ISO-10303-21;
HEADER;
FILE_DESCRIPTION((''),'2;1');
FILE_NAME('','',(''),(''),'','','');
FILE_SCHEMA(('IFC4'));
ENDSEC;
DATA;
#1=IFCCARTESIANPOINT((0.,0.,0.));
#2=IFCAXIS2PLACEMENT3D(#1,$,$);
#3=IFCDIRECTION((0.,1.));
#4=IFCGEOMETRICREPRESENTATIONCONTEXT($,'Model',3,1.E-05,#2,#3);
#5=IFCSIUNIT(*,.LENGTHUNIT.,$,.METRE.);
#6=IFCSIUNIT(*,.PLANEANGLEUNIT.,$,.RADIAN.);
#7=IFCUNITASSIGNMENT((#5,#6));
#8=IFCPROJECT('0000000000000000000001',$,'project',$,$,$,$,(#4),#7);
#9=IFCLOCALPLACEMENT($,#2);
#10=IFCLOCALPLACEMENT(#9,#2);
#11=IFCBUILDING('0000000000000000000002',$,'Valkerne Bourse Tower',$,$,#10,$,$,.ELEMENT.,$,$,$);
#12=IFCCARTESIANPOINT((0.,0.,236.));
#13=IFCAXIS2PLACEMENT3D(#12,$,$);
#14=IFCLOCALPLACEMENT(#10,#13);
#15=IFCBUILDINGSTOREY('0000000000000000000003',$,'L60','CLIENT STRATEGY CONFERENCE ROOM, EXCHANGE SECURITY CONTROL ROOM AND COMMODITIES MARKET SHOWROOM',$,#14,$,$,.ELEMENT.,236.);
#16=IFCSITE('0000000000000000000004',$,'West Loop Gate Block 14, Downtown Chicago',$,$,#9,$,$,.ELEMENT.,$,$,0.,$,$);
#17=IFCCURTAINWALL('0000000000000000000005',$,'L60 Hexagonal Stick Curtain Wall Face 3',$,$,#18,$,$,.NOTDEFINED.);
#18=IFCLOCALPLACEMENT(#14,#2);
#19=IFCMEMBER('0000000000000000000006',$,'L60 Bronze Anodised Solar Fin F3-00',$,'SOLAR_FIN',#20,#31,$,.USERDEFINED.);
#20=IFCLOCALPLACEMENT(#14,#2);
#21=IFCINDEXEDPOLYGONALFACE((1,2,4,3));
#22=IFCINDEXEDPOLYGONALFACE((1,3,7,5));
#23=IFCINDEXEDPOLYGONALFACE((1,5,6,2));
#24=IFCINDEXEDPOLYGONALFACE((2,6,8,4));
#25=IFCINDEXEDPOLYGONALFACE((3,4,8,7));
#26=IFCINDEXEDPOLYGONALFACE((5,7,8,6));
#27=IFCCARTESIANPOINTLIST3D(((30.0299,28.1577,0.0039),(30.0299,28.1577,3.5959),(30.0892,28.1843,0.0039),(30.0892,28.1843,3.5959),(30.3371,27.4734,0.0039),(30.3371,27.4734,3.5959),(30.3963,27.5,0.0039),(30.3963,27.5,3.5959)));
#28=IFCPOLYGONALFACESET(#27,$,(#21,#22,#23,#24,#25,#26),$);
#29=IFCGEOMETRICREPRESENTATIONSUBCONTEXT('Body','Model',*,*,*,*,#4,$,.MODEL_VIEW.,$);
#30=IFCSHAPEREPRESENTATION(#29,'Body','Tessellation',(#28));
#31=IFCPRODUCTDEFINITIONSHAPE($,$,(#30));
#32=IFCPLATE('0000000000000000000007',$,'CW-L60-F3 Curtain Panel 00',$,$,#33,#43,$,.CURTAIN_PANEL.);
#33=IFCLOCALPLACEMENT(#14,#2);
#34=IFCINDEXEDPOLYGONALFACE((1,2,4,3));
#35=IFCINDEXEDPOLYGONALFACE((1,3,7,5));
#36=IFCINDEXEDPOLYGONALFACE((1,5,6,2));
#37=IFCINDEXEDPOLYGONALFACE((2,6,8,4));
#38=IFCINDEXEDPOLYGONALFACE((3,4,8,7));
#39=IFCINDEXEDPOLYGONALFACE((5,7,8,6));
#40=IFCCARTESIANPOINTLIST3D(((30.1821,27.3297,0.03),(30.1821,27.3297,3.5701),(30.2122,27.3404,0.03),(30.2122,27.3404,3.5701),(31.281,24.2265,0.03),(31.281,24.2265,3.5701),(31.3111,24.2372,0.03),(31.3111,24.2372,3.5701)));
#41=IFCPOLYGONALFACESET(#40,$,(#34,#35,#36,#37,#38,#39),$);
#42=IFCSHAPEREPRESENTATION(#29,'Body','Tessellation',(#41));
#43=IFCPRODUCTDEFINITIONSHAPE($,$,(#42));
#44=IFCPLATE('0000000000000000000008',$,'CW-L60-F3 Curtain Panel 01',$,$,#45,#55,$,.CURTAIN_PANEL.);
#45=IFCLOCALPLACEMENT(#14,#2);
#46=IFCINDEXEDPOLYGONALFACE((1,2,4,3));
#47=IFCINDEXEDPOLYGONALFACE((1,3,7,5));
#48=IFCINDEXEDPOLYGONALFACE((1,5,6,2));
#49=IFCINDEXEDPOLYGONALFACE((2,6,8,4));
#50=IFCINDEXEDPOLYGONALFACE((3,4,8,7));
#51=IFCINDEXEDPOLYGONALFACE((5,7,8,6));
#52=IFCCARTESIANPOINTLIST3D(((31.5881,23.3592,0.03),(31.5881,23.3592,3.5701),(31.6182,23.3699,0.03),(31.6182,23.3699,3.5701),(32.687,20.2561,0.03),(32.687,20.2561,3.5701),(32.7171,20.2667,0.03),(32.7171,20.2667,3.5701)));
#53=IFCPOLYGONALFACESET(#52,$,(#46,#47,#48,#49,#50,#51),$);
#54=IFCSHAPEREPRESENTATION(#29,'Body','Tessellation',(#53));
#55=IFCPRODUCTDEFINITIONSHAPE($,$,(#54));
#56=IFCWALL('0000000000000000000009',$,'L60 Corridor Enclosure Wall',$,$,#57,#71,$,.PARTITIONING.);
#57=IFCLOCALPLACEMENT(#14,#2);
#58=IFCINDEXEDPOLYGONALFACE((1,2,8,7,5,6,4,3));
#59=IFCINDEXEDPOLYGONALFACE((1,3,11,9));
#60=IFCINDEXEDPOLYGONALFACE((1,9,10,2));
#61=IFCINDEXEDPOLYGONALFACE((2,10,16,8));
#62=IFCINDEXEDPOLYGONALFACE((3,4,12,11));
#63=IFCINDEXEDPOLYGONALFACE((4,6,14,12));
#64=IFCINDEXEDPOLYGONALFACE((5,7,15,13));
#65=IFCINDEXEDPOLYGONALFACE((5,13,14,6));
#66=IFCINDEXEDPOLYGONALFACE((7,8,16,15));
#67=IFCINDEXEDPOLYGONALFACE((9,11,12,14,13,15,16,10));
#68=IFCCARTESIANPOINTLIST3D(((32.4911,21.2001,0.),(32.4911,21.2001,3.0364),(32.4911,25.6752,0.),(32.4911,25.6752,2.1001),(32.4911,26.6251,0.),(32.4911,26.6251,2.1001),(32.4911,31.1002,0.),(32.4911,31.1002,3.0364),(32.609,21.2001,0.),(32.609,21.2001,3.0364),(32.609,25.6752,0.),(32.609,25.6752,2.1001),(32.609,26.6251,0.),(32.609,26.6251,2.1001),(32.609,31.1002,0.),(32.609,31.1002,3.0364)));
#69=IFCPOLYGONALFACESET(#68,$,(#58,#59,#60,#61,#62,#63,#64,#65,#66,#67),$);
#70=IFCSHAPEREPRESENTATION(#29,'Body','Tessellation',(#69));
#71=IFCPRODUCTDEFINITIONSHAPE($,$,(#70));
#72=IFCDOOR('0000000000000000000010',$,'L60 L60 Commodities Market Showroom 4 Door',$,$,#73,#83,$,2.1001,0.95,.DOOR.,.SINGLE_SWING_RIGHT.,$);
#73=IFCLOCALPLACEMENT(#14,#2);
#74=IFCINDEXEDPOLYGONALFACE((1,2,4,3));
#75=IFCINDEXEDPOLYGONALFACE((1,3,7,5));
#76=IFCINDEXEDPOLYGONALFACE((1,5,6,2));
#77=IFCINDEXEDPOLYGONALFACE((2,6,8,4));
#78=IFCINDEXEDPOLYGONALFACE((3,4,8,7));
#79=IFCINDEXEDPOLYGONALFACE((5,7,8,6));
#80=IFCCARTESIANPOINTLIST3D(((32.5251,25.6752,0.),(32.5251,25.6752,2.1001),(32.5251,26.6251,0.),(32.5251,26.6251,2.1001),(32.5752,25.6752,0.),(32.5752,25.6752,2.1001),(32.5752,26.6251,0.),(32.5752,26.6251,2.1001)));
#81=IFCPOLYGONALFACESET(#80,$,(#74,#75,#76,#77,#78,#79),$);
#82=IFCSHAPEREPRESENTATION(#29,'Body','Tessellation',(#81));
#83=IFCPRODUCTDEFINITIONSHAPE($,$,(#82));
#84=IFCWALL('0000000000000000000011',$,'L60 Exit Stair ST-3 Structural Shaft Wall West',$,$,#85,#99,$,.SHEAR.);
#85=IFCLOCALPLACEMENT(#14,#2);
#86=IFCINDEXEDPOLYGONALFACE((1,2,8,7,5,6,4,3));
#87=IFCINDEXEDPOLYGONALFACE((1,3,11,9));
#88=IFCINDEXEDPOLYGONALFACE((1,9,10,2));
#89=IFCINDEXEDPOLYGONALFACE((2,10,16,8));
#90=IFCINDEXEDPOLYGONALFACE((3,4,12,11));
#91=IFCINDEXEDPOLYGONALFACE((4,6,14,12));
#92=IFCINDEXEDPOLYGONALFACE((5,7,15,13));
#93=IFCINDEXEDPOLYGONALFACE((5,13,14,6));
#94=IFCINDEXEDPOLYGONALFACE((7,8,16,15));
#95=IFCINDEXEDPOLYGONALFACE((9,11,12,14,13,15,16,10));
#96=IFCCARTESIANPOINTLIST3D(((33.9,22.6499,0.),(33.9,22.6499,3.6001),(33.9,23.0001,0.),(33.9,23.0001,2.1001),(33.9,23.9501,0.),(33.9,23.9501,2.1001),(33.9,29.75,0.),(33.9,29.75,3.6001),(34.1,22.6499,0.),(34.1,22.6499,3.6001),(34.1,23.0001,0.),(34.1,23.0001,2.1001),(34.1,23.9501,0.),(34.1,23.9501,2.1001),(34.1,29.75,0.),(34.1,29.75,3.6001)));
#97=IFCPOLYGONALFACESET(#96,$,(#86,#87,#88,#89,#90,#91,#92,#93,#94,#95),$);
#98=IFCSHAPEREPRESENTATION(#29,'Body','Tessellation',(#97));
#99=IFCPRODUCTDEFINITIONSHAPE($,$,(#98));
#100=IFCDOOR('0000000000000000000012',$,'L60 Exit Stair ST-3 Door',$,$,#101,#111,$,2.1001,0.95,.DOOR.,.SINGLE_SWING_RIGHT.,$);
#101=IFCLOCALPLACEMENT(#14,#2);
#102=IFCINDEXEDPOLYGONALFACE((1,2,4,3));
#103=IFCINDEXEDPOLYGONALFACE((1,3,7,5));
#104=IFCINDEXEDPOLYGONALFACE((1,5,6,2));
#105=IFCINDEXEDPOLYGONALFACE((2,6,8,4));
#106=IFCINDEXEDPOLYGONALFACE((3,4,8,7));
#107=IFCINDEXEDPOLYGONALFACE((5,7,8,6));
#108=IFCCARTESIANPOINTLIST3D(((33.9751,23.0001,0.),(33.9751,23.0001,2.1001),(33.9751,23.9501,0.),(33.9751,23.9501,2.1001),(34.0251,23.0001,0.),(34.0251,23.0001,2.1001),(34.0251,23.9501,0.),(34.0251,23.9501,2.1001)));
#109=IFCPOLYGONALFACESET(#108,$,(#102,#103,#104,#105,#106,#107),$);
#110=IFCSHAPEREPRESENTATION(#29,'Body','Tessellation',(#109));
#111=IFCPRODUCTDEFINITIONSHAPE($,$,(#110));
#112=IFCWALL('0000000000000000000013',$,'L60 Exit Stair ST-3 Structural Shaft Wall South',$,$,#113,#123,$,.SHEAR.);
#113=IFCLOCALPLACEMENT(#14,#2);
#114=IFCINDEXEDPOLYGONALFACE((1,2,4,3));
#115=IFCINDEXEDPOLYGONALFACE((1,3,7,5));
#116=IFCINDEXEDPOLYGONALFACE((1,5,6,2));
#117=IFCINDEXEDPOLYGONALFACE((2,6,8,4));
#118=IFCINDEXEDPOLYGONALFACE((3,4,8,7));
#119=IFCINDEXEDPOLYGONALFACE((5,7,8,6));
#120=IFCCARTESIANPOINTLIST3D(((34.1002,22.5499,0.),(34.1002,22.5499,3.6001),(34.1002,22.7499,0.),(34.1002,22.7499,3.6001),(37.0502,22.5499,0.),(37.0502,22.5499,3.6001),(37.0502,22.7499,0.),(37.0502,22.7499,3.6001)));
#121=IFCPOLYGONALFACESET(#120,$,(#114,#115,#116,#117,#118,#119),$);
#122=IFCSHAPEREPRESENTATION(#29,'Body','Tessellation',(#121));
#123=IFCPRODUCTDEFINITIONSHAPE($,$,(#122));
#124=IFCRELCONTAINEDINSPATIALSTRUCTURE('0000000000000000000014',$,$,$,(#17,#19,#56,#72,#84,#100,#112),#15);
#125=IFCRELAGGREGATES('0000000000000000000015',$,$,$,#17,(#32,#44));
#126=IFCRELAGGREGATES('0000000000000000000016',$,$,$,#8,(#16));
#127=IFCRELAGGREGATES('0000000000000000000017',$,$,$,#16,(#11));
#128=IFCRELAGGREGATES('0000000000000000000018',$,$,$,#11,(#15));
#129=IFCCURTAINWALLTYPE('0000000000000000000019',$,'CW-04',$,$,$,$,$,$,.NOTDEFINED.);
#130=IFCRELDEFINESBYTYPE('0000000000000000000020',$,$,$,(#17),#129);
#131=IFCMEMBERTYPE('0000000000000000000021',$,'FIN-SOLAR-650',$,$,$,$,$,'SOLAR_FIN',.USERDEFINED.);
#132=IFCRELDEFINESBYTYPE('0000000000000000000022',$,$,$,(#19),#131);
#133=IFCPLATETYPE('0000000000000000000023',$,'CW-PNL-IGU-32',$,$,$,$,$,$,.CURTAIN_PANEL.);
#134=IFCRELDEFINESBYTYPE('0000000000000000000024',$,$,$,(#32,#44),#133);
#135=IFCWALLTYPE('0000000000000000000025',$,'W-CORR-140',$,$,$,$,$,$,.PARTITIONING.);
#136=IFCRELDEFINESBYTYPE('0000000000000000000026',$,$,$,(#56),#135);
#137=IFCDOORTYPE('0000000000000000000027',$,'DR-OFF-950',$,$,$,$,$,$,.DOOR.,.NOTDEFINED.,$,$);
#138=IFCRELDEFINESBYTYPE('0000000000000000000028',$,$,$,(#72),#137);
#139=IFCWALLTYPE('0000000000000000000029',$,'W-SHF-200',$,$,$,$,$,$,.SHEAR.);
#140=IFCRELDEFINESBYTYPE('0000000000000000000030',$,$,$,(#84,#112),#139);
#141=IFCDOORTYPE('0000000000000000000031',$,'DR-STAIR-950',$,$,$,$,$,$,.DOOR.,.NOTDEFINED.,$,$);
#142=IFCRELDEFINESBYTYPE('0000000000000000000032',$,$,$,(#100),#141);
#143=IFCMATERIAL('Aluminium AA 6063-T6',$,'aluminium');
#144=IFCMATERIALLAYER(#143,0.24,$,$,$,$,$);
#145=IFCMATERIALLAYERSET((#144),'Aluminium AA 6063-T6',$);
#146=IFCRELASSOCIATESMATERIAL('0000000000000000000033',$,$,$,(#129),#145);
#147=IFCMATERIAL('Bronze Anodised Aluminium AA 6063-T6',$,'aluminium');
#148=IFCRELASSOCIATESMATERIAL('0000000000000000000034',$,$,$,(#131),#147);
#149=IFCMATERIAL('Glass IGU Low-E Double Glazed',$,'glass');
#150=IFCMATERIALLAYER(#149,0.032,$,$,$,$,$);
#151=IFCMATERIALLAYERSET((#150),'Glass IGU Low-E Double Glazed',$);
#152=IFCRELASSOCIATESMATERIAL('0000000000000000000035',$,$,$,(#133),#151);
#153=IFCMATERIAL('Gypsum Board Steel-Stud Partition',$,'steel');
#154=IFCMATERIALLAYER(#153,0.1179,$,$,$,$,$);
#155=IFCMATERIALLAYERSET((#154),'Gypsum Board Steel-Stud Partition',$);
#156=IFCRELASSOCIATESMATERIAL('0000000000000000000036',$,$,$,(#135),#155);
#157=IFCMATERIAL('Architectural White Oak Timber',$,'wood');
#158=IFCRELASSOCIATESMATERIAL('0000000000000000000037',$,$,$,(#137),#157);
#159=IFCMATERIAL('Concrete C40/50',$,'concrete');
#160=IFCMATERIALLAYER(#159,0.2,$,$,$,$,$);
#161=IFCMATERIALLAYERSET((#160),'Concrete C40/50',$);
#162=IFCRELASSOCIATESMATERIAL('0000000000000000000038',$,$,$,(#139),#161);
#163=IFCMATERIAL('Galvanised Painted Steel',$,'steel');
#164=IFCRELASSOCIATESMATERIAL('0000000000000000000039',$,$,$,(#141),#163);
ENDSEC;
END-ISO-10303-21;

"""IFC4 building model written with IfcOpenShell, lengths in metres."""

from ifc_helpers import new_model, si_unit, direction, frame, frame_2d, origin, origin_2d, place, context, subcontext, project, spatial, rectangle, extrude, material, layer, layer_set, material_profile, profile_set, type_object, element, fill, aggregate, save


model = new_model("IFC4")

# Units and contexts
model_context = context("Model", 3, precision=1e-05, world=origin(), true_north=direction((0.0, 1.0)))
body_context = subcontext(model_context, "Body", "Model", "MODEL_VIEW")
ifc_project = project(units=[si_unit("LENGTHUNIT", "METRE"), si_unit("PLANEANGLEUNIT", "RADIAN")], contexts=[model_context])

# Site, building, storey
site_placement = place(None, origin())
site = spatial("IfcSite", under=ifc_project, at=site_placement, Name="West Loop Gate Block 14, Downtown Chicago", CompositionType="ELEMENT", RefElevation=0.0)
building_placement = place(site_placement, origin())
building = spatial("IfcBuilding", under=site, at=building_placement, Name="Valkerne Bourse Tower", CompositionType="ELEMENT")
storey_placement = place(building_placement, frame((0.0, 0.0, 236.0)))
storey = spatial("IfcBuildingStorey", under=building, at=storey_placement, Name="L60", Description="CLIENT STRATEGY CONFERENCE ROOM, EXCHANGE SECURITY CONTROL ROOM AND COMMODITIES MARKET SHOWROOM", CompositionType="ELEMENT", Elevation=236.0)

# Curtain wall
ifc_material_1 = material(Name="Aluminium AA 6063-T6", Category="aluminium")
ifc_layer_1 = layer(ifc_material_1, 0.24)
ifc_layer_set_1 = layer_set([ifc_layer_1], Name="Aluminium AA 6063-T6")
curtain_wall_type = type_object("IfcCurtainWallType", Name="CW-04", PredefinedType="NOTDEFINED", material=ifc_layer_set_1)
curtain_wall_placement = place(storey_placement, origin())
curtain_wall = element("IfcCurtainWall", 1, at=curtain_wall_placement, inside=storey, type_object=curtain_wall_type, Name="L60 Hexagonal Stick Curtain Wall Face 3", PredefinedType="NOTDEFINED")

# Member
ifc_material_2 = material(Name="Bronze Anodised Aluminium AA 6063-T6", Category="aluminium")
ifc_material_profile_1 = material_profile(ifc_material_2, rectangle(XDim=0.0649, YDim=0.75, at=origin_2d()), Name="FIN-65X750")
ifc_profile_set_1 = profile_set([ifc_material_profile_1], Name="Bronze Anodised Aluminium AA 6063-T6")
member_type_1 = type_object("IfcMemberType", Name="FIN-SOLAR-650", ElementType="SOLAR_FIN", PredefinedType="USERDEFINED", material=ifc_profile_set_1)
member_1_placement = place(storey_placement, frame((30.2131, 27.8289, 0.0039), z_axis=(0.0, 0.0, 1.0), x_axis=(-0.91231, -0.4095, 0.0)))
element("IfcMember", 2, at=member_1_placement, inside=storey, type_object=member_type_1, Name="L60 Bronze Anodised Solar Fin F3-00", ObjectType="SOLAR_FIN", PredefinedType="USERDEFINED", context=body_context, shape_type="SweptSolid", body=[
    extrude(rectangle(XDim=0.0649, YDim=0.75, at=origin_2d()), origin(), (0.0, 0.0, 1.0), 3.592),
])

# Plates
ifc_material_3 = material(Name="Glass IGU Low-E Double Glazed", Category="glass")
ifc_layer_2 = layer(ifc_material_3, 0.032)
ifc_layer_set_2 = layer_set([ifc_layer_2], Name="Glass IGU Low-E Double Glazed")
plate_type = type_object("IfcPlateType", Name="CW-PNL-IGU-32", PredefinedType="CURTAIN_PANEL", material=ifc_layer_set_2)
plate_1_placement = place(storey_placement, frame((30.7466, 25.7834, 0.03), z_axis=(0.0, 0.0, 1.0), x_axis=(0.333808, -0.942641, 0.0)))
plate_1 = element("IfcPlate", 3, at=plate_1_placement, type_object=plate_type, Name="CW-L60-F3 Curtain Panel 00", PredefinedType="CURTAIN_PANEL", context=body_context, shape_type="SweptSolid", body=[
    extrude(rectangle(XDim=3.292, YDim=0.032, at=origin_2d()), origin(), (0.0, 0.0, 1.0), 3.54),
])
plate_2_placement = place(storey_placement, frame((32.1526, 21.813, 0.03), z_axis=(0.0, 0.0, 1.0), x_axis=(0.333808, -0.942641, 0.0)))
plate_2 = element("IfcPlate", 4, at=plate_2_placement, type_object=plate_type, Name="CW-L60-F3 Curtain Panel 01", PredefinedType="CURTAIN_PANEL", context=body_context, shape_type="SweptSolid", body=[
    extrude(rectangle(XDim=3.292, YDim=0.032, at=origin_2d()), origin(), (0.0, 0.0, 1.0), 3.54),
])
aggregate(curtain_wall, [plate_1, plate_2])

# Walls, openings, doors
ifc_material_4 = material(Name="Gypsum Board Steel-Stud Partition", Category="steel")
ifc_layer_3 = layer(ifc_material_4, 0.1179)
ifc_layer_set_3 = layer_set([ifc_layer_3], Name="Gypsum Board Steel-Stud Partition")
wall_type_1 = type_object("IfcWallType", Name="W-CORR-140", PredefinedType="PARTITIONING", material=ifc_layer_set_3)
wall_1_placement = place(storey_placement, frame((32.55, 21.2, 0.0), z_axis=(0.0, 0.0, 1.0), x_axis=(0.0, 1.0, 0.0)))
wall_1 = element("IfcWall", 5, at=wall_1_placement, inside=storey, type_object=wall_type_1, Name="L60 Corridor Enclosure Wall", PredefinedType="PARTITIONING", context=body_context, shape_type="SweptSolid", body=[
    extrude(rectangle(XDim=9.9001, YDim=0.1179, at=frame_2d((4.9502, 0.0))), origin(), (0.0, 0.0, 1.0), 3.0364),
])
opening_1_placement = place(wall_1_placement, frame((4.4751, 0.0, 0.0)))
opening_1 = element("IfcOpeningElement", 6, at=opening_1_placement, cuts=wall_1, PredefinedType="OPENING", context=body_context, shape_type="SweptSolid", body=[
    extrude(rectangle(XDim=0.95, YDim=2.1001, at=frame_2d((0.4751, 1.05))), frame((0.0, 0.0688, 0.0), z_axis=(0.0, -1.0, 0.0), x_axis=(1.0, 0.0, 0.0)), (0.0, 0.0, 1.0), 0.1379),
])
ifc_material_5 = material(Name="Architectural White Oak Timber", Category="wood")
door_type_1 = type_object("IfcDoorType", Name="DR-OFF-950", OperationType="NOTDEFINED", PredefinedType="DOOR", material=ifc_material_5)
door_1_placement = place(opening_1_placement, origin())
door_1 = element("IfcDoor", 7, at=door_1_placement, inside=storey, type_object=door_type_1, Name="L60 L60 Commodities Market Showroom 4 Door", OperationType="SINGLE_SWING_RIGHT", OverallHeight=2.1001, OverallWidth=0.95, PredefinedType="DOOR", context=body_context, shape_type="SweptSolid", body=[
    extrude(rectangle(XDim=0.95, YDim=2.1001, at=frame_2d((0.4751, 1.05))), frame((0.0, 0.0249, 0.0), z_axis=(0.0, -1.0, 0.0), x_axis=(1.0, 0.0, 0.0)), (0.0, 0.0, 1.0), 0.05),
])
fill(opening_1, door_1)
ifc_material_6 = material(Name="Concrete C40/50", Category="concrete")
ifc_layer_4 = layer(ifc_material_6, 0.2)
ifc_layer_set_4 = layer_set([ifc_layer_4], Name="Concrete C40/50")
wall_type_2 = type_object("IfcWallType", Name="W-SHF-200", PredefinedType="SHEAR", material=ifc_layer_set_4)
wall_2_placement = place(storey_placement, frame((34.0, 22.6499, 0.0), z_axis=(0.0, 0.0, 1.0), x_axis=(0.0, 1.0, 0.0)))
wall_2 = element("IfcWall", 8, at=wall_2_placement, inside=storey, type_object=wall_type_2, Name="L60 Exit Stair ST-3 Structural Shaft Wall West", PredefinedType="SHEAR", context=body_context, shape_type="SweptSolid", body=[
    extrude(rectangle(XDim=7.1001, YDim=0.2, at=frame_2d((3.55, 0.0))), origin(), (0.0, 0.0, 1.0), 3.6001),
])
opening_2_placement = place(wall_2_placement, frame((0.3501, 0.0, 0.0)))
opening_2 = element("IfcOpeningElement", 9, at=opening_2_placement, cuts=wall_2, PredefinedType="OPENING", context=body_context, shape_type="SweptSolid", body=[
    extrude(rectangle(XDim=0.95, YDim=2.1001, at=frame_2d((0.4751, 1.05))), frame((0.0, 0.1099, 0.0), z_axis=(0.0, -1.0, 0.0), x_axis=(1.0, 0.0, 0.0)), (0.0, 0.0, 1.0), 0.22),
])
ifc_material_7 = material(Name="Galvanised Painted Steel", Category="steel")
door_type_2 = type_object("IfcDoorType", Name="DR-STAIR-950", OperationType="NOTDEFINED", PredefinedType="DOOR", material=ifc_material_7)
door_2_placement = place(opening_2_placement, origin())
door_2 = element("IfcDoor", 10, at=door_2_placement, inside=storey, type_object=door_type_2, Name="L60 Exit Stair ST-3 Door", OperationType="SINGLE_SWING_RIGHT", OverallHeight=2.1001, OverallWidth=0.95, PredefinedType="DOOR", context=body_context, shape_type="SweptSolid", body=[
    extrude(rectangle(XDim=0.95, YDim=2.1001, at=frame_2d((0.4751, 1.05))), frame((0.0, 0.0249, 0.0), z_axis=(0.0, -1.0, 0.0), x_axis=(1.0, 0.0, 0.0)), (0.0, 0.0, 1.0), 0.05),
])
fill(opening_2, door_2)

# Wall
wall_3_placement = place(storey_placement, frame((34.1001, 22.6499, 0.0), z_axis=(0.0, 0.0, 1.0), x_axis=(1.0, 0.0, 0.0)))
element("IfcWall", 11, at=wall_3_placement, inside=storey, type_object=wall_type_2, Name="L60 Exit Stair ST-3 Structural Shaft Wall South", PredefinedType="SHEAR", context=body_context, shape_type="SweptSolid", body=[
    extrude(rectangle(XDim=2.95, YDim=0.2, at=frame_2d((1.4751, 0.0))), origin(), (0.0, 0.0, 1.0), 3.6001),
])

save(model, "model.ifc")
